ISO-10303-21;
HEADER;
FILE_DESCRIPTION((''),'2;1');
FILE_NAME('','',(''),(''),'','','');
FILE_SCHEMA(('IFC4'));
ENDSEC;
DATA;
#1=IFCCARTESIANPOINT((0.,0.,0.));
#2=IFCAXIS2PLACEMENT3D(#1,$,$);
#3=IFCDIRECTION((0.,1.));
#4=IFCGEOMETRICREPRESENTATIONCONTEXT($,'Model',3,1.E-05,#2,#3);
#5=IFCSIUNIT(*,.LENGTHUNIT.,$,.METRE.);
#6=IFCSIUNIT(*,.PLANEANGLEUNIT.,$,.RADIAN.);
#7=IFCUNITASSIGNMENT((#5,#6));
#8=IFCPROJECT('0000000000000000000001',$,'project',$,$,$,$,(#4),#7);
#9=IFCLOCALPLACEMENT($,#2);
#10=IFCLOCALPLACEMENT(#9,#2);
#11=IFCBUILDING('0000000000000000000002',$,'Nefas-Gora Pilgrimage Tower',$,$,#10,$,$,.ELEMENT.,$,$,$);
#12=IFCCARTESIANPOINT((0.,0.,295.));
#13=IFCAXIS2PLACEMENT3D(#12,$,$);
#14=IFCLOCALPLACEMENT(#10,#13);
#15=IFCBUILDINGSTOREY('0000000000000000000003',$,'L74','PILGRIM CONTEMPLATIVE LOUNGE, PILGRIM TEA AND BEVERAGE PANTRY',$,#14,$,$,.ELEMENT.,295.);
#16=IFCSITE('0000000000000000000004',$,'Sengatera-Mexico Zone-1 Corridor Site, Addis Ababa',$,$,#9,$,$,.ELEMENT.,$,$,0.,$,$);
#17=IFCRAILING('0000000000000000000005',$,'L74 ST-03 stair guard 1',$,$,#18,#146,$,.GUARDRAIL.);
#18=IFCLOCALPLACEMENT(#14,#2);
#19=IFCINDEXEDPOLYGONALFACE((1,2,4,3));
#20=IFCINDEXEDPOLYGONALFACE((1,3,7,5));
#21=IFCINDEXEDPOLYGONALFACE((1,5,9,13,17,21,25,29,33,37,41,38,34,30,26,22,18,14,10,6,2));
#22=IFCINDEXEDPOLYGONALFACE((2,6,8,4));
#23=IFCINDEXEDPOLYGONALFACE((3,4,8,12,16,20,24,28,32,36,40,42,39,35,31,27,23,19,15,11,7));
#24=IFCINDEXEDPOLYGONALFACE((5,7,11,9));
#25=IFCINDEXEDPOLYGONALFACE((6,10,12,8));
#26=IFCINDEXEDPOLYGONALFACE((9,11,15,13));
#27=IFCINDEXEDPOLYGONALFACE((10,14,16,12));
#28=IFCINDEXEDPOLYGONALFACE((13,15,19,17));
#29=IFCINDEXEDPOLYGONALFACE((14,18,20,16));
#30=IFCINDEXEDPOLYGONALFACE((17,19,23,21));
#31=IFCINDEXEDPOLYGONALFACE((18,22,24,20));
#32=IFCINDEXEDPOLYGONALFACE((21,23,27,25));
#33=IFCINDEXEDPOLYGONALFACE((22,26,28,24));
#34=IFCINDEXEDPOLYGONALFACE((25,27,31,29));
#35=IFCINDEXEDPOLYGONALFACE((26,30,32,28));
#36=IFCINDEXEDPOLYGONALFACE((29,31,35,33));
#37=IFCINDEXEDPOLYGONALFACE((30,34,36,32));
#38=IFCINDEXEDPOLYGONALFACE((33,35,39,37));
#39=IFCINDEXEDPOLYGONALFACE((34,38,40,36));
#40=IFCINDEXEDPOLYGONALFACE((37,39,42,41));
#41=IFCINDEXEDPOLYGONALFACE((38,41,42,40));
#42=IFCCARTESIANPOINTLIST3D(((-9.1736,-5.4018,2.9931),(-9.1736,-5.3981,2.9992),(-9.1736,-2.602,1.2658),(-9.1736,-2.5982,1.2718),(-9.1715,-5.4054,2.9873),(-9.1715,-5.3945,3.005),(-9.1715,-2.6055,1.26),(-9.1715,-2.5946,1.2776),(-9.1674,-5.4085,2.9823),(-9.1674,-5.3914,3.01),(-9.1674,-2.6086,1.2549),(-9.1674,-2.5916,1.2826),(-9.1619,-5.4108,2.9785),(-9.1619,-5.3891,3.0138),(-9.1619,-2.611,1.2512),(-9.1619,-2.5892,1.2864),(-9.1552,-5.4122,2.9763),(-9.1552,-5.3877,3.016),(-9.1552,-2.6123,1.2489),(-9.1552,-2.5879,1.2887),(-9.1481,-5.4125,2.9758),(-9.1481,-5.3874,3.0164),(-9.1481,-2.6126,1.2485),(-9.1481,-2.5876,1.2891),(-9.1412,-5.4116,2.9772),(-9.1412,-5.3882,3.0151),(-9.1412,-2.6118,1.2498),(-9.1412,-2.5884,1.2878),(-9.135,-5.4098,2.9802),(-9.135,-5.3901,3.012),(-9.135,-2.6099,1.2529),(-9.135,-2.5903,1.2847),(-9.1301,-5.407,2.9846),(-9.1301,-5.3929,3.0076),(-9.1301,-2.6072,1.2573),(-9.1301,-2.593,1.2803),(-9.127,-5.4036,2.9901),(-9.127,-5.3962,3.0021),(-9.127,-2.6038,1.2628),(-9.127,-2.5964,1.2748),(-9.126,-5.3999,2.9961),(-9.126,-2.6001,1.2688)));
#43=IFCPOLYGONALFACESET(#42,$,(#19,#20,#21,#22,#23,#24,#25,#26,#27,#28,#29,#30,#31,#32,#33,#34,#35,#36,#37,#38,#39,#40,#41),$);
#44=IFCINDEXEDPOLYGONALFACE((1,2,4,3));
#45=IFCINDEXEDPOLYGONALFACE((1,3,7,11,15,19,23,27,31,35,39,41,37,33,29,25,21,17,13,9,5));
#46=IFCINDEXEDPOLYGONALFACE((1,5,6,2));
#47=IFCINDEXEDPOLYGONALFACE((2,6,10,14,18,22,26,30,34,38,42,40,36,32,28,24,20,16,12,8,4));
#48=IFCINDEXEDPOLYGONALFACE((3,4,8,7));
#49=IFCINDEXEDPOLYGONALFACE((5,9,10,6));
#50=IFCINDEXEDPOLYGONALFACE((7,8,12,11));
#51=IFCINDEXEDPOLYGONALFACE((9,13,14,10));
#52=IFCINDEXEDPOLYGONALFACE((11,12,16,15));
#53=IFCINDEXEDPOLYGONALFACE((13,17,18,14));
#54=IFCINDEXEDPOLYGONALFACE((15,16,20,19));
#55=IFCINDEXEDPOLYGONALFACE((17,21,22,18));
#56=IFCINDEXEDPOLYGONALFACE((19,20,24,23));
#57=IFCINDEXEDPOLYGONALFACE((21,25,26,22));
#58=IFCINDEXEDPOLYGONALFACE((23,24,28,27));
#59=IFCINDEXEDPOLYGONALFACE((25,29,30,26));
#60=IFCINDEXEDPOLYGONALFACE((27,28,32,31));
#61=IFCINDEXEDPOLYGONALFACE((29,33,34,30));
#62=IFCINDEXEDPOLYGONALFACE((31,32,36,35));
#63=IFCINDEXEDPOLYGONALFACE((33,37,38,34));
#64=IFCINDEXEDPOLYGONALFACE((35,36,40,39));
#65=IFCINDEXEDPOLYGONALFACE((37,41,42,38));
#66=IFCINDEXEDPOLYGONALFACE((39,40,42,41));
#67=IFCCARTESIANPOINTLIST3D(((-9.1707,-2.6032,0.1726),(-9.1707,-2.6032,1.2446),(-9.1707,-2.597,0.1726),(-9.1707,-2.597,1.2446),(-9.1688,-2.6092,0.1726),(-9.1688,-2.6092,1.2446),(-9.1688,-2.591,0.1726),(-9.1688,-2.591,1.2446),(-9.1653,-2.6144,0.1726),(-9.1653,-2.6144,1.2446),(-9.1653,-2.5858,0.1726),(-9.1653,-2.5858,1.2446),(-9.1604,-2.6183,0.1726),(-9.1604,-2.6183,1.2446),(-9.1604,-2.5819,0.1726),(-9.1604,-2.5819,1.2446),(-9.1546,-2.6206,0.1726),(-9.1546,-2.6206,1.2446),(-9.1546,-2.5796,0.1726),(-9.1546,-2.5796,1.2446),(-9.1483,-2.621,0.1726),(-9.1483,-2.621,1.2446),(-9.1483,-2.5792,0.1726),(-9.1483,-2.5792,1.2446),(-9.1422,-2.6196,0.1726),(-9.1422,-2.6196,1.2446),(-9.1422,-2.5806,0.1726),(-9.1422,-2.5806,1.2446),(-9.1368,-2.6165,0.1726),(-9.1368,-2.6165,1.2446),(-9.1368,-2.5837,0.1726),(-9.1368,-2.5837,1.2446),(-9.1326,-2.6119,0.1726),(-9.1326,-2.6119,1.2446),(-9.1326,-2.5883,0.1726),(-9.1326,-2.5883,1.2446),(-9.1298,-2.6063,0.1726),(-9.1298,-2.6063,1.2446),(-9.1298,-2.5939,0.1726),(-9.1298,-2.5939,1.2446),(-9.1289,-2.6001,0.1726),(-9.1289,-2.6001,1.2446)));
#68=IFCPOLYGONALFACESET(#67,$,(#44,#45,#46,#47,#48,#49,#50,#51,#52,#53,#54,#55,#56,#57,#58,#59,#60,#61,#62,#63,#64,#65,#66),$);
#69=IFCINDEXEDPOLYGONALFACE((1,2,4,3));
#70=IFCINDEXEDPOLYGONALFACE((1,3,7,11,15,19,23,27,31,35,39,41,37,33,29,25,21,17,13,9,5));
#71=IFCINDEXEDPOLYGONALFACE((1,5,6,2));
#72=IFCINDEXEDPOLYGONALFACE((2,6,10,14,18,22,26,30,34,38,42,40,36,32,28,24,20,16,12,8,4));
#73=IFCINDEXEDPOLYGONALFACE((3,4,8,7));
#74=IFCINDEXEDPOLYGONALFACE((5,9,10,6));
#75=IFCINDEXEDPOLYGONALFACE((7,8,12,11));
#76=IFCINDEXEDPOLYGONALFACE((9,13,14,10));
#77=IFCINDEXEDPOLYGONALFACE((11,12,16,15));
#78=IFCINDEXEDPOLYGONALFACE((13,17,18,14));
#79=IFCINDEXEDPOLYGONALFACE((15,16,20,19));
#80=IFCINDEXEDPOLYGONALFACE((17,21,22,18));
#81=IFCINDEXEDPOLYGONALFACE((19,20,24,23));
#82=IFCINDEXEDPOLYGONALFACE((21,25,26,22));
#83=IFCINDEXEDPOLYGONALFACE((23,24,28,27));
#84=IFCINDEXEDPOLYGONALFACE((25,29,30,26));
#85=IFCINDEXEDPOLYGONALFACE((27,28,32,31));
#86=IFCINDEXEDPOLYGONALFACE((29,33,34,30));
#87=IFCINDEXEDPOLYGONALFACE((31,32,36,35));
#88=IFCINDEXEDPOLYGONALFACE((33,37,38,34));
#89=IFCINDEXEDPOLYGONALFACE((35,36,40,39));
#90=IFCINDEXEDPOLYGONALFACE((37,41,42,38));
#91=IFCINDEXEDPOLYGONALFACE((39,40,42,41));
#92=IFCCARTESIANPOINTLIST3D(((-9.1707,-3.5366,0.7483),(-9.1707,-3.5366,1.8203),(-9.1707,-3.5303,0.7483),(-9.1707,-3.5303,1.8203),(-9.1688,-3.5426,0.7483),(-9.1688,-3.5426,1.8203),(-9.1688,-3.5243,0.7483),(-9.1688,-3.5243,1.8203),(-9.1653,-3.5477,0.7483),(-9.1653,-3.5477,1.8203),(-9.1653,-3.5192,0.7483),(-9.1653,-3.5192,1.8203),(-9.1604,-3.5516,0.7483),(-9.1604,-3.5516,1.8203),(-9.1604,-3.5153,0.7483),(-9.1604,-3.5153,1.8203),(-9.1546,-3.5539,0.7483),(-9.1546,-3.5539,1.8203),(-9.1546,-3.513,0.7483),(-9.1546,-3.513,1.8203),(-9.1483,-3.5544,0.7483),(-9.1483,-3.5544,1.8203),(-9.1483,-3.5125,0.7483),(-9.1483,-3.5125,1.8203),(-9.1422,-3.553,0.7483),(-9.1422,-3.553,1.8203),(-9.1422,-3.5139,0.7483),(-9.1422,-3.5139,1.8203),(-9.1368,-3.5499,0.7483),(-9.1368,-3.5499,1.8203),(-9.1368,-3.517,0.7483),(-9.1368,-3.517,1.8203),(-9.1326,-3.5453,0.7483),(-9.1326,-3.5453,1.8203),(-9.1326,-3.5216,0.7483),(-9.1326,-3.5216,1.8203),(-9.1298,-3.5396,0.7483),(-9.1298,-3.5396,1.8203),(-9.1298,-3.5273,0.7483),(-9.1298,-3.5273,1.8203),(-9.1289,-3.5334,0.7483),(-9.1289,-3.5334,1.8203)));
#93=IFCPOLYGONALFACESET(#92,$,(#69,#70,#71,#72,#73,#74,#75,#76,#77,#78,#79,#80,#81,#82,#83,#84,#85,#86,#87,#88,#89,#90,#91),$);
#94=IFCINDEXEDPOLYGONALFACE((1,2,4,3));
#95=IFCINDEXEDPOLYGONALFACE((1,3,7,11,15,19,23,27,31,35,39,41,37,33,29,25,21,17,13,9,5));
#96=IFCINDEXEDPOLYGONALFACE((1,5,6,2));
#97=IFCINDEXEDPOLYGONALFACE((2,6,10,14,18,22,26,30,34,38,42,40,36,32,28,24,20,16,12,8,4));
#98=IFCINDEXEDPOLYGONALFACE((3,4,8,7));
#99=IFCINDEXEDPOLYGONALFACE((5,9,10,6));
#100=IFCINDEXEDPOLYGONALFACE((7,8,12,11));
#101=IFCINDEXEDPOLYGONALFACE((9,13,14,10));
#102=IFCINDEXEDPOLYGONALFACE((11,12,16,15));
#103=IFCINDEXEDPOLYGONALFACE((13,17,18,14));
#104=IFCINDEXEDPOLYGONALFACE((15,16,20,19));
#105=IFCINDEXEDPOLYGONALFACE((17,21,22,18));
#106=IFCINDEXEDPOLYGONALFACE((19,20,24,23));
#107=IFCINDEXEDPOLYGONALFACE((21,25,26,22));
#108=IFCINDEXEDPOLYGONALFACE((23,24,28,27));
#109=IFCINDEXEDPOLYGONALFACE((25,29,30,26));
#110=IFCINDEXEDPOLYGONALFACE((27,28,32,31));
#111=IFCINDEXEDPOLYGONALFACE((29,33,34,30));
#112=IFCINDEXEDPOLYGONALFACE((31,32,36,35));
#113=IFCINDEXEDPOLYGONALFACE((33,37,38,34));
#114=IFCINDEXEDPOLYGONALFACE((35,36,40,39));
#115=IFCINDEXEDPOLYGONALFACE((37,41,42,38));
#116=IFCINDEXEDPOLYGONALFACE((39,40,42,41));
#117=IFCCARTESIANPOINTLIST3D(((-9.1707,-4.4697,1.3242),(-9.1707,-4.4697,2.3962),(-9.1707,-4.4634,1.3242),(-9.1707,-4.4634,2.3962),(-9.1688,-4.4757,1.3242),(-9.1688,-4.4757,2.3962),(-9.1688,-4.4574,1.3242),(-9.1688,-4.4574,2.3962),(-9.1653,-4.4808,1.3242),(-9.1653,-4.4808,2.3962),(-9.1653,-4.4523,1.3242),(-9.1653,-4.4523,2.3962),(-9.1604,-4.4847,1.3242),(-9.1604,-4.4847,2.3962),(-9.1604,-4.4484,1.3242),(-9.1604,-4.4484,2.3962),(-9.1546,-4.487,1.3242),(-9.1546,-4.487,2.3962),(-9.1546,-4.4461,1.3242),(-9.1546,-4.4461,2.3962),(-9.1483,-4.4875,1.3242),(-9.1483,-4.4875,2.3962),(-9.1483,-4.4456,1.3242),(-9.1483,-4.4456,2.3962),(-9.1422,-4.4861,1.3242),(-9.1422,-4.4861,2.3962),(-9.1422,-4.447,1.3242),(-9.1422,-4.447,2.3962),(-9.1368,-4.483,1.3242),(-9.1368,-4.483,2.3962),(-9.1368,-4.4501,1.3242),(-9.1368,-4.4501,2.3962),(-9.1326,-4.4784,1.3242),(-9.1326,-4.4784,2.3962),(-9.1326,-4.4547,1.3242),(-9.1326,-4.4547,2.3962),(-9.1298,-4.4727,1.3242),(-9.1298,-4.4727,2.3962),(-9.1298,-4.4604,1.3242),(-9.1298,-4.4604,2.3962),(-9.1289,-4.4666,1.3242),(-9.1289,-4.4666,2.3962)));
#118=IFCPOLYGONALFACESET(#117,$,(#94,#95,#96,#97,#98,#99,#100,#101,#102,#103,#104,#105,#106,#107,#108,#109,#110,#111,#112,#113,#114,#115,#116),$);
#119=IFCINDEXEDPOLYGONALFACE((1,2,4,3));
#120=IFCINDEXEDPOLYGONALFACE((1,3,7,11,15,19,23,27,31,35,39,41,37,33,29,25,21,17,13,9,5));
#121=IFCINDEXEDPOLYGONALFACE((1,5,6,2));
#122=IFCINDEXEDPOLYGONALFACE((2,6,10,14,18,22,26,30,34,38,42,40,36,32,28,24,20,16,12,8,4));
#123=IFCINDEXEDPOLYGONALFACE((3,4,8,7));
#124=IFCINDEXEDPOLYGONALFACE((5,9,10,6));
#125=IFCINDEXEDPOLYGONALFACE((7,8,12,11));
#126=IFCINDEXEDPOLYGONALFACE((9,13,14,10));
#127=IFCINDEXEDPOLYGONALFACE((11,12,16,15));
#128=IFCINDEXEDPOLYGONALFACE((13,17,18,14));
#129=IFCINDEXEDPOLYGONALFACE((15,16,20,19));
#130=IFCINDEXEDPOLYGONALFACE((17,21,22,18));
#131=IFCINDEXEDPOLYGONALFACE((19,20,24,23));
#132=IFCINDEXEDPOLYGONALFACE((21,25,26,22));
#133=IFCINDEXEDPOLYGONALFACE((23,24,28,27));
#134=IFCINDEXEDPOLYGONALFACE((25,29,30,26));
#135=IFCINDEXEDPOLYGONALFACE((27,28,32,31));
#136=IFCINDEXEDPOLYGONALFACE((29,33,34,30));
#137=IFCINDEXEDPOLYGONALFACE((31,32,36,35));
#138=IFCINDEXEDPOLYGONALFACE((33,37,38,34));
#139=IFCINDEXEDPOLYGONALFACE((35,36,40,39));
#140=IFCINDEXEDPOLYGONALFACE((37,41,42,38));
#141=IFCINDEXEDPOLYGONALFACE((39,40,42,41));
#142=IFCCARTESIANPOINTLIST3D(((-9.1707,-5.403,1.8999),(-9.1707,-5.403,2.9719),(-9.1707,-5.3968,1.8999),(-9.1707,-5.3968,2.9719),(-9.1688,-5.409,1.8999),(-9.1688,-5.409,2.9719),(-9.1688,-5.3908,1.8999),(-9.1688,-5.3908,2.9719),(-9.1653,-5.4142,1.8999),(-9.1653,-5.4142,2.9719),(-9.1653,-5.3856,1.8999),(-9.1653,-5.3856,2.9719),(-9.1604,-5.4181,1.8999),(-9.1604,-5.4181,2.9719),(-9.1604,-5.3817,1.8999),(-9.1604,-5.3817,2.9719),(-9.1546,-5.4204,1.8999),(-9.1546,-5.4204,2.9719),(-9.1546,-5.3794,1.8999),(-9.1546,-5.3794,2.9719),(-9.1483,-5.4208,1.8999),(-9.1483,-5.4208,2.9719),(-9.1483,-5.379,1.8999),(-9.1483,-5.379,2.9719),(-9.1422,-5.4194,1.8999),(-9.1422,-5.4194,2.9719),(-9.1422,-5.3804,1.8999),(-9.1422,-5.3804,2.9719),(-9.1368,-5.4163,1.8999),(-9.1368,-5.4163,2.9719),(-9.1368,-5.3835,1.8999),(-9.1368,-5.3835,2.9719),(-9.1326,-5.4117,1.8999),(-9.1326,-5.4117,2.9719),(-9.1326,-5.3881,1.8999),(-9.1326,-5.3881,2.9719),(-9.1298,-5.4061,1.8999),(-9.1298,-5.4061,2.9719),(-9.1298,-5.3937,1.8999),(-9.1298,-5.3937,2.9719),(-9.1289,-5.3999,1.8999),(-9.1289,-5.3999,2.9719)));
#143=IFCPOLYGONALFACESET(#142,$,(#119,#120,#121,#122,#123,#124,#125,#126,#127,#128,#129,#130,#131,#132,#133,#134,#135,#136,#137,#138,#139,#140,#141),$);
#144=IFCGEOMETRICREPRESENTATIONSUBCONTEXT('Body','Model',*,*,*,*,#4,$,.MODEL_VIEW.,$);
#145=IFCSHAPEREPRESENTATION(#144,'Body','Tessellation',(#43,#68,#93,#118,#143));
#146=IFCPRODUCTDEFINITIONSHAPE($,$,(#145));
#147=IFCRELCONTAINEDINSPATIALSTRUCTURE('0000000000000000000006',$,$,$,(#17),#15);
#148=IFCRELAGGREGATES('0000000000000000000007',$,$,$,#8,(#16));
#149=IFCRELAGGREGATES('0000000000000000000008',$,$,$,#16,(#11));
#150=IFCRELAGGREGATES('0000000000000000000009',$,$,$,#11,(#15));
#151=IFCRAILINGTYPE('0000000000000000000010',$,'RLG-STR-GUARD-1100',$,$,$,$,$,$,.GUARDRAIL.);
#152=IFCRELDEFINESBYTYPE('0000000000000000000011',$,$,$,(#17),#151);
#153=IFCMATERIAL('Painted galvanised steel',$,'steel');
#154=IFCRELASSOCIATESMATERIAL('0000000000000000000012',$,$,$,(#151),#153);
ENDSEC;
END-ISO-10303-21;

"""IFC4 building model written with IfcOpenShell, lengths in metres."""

from ifc_helpers import new_model, si_unit, direction, frame, origin, origin_2d, place, context, subcontext, project, spatial, circle, extrude, material, type_object, element, save


model = new_model("IFC4")

# Units and contexts
model_context = context("Model", 3, precision=1e-05, world=origin(), true_north=direction((0.0, 1.0)))
body_context = subcontext(model_context, "Body", "Model", "MODEL_VIEW")
ifc_project = project(units=[si_unit("LENGTHUNIT", "METRE"), si_unit("PLANEANGLEUNIT", "RADIAN")], contexts=[model_context])

# Site, building, storey
site_placement = place(None, origin())
site = spatial("IfcSite", under=ifc_project, at=site_placement, Name="Sengatera-Mexico Zone-1 Corridor Site, Addis Ababa", CompositionType="ELEMENT", RefElevation=0.0)
building_placement = place(site_placement, origin())
building = spatial("IfcBuilding", under=site, at=building_placement, Name="Nefas-Gora Pilgrimage Tower", CompositionType="ELEMENT")
storey_placement = place(building_placement, frame((0.0, 0.0, 295.0)))
storey = spatial("IfcBuildingStorey", under=building, at=storey_placement, Name="L74", Description="PILGRIM CONTEMPLATIVE LOUNGE, PILGRIM TEA AND BEVERAGE PANTRY", CompositionType="ELEMENT", Elevation=295.0)

# Railing
ifc_material_1 = material(Name="Painted galvanised steel", Category="steel")
railing_type_1 = type_object("IfcRailingType", Name="RLG-STR-GUARD-1100", PredefinedType="GUARDRAIL", material=ifc_material_1)
railing_1_placement = place(storey_placement, frame((-9.1499, -2.6001, 0.1726)))
element("IfcRailing", 1, at=railing_1_placement, inside=storey, type_object=railing_type_1, Name="L74 ST-03 stair guard 1", PredefinedType="GUARDRAIL", context=body_context, shape_type="SweptSolid", body=[
    extrude(circle(Radius=0.0239, at=origin_2d()), frame((0.0, 0.0, 1.0962), z_axis=(0.0, -0.851069, 0.525054), x_axis=(1.0, 0.0, 0.0)), (0.0, 0.0, 1.0), 3.2898),
    extrude(circle(Radius=0.021, at=origin_2d()), origin(), (0.0, 0.0, 1.0), 1.072),
    extrude(circle(Radius=0.021, at=origin_2d()), frame((0.0, -0.9333, 0.5757)), (0.0, 0.0, 1.0), 1.072),
    extrude(circle(Radius=0.021, at=origin_2d()), frame((0.0, -1.8665, 1.1516)), (0.0, 0.0, 1.0), 1.072),
    extrude(circle(Radius=0.021, at=origin_2d()), frame((0.0, -2.7998, 1.7273)), (0.0, 0.0, 1.0), 1.072),
])

save(model, "model.ifc")
